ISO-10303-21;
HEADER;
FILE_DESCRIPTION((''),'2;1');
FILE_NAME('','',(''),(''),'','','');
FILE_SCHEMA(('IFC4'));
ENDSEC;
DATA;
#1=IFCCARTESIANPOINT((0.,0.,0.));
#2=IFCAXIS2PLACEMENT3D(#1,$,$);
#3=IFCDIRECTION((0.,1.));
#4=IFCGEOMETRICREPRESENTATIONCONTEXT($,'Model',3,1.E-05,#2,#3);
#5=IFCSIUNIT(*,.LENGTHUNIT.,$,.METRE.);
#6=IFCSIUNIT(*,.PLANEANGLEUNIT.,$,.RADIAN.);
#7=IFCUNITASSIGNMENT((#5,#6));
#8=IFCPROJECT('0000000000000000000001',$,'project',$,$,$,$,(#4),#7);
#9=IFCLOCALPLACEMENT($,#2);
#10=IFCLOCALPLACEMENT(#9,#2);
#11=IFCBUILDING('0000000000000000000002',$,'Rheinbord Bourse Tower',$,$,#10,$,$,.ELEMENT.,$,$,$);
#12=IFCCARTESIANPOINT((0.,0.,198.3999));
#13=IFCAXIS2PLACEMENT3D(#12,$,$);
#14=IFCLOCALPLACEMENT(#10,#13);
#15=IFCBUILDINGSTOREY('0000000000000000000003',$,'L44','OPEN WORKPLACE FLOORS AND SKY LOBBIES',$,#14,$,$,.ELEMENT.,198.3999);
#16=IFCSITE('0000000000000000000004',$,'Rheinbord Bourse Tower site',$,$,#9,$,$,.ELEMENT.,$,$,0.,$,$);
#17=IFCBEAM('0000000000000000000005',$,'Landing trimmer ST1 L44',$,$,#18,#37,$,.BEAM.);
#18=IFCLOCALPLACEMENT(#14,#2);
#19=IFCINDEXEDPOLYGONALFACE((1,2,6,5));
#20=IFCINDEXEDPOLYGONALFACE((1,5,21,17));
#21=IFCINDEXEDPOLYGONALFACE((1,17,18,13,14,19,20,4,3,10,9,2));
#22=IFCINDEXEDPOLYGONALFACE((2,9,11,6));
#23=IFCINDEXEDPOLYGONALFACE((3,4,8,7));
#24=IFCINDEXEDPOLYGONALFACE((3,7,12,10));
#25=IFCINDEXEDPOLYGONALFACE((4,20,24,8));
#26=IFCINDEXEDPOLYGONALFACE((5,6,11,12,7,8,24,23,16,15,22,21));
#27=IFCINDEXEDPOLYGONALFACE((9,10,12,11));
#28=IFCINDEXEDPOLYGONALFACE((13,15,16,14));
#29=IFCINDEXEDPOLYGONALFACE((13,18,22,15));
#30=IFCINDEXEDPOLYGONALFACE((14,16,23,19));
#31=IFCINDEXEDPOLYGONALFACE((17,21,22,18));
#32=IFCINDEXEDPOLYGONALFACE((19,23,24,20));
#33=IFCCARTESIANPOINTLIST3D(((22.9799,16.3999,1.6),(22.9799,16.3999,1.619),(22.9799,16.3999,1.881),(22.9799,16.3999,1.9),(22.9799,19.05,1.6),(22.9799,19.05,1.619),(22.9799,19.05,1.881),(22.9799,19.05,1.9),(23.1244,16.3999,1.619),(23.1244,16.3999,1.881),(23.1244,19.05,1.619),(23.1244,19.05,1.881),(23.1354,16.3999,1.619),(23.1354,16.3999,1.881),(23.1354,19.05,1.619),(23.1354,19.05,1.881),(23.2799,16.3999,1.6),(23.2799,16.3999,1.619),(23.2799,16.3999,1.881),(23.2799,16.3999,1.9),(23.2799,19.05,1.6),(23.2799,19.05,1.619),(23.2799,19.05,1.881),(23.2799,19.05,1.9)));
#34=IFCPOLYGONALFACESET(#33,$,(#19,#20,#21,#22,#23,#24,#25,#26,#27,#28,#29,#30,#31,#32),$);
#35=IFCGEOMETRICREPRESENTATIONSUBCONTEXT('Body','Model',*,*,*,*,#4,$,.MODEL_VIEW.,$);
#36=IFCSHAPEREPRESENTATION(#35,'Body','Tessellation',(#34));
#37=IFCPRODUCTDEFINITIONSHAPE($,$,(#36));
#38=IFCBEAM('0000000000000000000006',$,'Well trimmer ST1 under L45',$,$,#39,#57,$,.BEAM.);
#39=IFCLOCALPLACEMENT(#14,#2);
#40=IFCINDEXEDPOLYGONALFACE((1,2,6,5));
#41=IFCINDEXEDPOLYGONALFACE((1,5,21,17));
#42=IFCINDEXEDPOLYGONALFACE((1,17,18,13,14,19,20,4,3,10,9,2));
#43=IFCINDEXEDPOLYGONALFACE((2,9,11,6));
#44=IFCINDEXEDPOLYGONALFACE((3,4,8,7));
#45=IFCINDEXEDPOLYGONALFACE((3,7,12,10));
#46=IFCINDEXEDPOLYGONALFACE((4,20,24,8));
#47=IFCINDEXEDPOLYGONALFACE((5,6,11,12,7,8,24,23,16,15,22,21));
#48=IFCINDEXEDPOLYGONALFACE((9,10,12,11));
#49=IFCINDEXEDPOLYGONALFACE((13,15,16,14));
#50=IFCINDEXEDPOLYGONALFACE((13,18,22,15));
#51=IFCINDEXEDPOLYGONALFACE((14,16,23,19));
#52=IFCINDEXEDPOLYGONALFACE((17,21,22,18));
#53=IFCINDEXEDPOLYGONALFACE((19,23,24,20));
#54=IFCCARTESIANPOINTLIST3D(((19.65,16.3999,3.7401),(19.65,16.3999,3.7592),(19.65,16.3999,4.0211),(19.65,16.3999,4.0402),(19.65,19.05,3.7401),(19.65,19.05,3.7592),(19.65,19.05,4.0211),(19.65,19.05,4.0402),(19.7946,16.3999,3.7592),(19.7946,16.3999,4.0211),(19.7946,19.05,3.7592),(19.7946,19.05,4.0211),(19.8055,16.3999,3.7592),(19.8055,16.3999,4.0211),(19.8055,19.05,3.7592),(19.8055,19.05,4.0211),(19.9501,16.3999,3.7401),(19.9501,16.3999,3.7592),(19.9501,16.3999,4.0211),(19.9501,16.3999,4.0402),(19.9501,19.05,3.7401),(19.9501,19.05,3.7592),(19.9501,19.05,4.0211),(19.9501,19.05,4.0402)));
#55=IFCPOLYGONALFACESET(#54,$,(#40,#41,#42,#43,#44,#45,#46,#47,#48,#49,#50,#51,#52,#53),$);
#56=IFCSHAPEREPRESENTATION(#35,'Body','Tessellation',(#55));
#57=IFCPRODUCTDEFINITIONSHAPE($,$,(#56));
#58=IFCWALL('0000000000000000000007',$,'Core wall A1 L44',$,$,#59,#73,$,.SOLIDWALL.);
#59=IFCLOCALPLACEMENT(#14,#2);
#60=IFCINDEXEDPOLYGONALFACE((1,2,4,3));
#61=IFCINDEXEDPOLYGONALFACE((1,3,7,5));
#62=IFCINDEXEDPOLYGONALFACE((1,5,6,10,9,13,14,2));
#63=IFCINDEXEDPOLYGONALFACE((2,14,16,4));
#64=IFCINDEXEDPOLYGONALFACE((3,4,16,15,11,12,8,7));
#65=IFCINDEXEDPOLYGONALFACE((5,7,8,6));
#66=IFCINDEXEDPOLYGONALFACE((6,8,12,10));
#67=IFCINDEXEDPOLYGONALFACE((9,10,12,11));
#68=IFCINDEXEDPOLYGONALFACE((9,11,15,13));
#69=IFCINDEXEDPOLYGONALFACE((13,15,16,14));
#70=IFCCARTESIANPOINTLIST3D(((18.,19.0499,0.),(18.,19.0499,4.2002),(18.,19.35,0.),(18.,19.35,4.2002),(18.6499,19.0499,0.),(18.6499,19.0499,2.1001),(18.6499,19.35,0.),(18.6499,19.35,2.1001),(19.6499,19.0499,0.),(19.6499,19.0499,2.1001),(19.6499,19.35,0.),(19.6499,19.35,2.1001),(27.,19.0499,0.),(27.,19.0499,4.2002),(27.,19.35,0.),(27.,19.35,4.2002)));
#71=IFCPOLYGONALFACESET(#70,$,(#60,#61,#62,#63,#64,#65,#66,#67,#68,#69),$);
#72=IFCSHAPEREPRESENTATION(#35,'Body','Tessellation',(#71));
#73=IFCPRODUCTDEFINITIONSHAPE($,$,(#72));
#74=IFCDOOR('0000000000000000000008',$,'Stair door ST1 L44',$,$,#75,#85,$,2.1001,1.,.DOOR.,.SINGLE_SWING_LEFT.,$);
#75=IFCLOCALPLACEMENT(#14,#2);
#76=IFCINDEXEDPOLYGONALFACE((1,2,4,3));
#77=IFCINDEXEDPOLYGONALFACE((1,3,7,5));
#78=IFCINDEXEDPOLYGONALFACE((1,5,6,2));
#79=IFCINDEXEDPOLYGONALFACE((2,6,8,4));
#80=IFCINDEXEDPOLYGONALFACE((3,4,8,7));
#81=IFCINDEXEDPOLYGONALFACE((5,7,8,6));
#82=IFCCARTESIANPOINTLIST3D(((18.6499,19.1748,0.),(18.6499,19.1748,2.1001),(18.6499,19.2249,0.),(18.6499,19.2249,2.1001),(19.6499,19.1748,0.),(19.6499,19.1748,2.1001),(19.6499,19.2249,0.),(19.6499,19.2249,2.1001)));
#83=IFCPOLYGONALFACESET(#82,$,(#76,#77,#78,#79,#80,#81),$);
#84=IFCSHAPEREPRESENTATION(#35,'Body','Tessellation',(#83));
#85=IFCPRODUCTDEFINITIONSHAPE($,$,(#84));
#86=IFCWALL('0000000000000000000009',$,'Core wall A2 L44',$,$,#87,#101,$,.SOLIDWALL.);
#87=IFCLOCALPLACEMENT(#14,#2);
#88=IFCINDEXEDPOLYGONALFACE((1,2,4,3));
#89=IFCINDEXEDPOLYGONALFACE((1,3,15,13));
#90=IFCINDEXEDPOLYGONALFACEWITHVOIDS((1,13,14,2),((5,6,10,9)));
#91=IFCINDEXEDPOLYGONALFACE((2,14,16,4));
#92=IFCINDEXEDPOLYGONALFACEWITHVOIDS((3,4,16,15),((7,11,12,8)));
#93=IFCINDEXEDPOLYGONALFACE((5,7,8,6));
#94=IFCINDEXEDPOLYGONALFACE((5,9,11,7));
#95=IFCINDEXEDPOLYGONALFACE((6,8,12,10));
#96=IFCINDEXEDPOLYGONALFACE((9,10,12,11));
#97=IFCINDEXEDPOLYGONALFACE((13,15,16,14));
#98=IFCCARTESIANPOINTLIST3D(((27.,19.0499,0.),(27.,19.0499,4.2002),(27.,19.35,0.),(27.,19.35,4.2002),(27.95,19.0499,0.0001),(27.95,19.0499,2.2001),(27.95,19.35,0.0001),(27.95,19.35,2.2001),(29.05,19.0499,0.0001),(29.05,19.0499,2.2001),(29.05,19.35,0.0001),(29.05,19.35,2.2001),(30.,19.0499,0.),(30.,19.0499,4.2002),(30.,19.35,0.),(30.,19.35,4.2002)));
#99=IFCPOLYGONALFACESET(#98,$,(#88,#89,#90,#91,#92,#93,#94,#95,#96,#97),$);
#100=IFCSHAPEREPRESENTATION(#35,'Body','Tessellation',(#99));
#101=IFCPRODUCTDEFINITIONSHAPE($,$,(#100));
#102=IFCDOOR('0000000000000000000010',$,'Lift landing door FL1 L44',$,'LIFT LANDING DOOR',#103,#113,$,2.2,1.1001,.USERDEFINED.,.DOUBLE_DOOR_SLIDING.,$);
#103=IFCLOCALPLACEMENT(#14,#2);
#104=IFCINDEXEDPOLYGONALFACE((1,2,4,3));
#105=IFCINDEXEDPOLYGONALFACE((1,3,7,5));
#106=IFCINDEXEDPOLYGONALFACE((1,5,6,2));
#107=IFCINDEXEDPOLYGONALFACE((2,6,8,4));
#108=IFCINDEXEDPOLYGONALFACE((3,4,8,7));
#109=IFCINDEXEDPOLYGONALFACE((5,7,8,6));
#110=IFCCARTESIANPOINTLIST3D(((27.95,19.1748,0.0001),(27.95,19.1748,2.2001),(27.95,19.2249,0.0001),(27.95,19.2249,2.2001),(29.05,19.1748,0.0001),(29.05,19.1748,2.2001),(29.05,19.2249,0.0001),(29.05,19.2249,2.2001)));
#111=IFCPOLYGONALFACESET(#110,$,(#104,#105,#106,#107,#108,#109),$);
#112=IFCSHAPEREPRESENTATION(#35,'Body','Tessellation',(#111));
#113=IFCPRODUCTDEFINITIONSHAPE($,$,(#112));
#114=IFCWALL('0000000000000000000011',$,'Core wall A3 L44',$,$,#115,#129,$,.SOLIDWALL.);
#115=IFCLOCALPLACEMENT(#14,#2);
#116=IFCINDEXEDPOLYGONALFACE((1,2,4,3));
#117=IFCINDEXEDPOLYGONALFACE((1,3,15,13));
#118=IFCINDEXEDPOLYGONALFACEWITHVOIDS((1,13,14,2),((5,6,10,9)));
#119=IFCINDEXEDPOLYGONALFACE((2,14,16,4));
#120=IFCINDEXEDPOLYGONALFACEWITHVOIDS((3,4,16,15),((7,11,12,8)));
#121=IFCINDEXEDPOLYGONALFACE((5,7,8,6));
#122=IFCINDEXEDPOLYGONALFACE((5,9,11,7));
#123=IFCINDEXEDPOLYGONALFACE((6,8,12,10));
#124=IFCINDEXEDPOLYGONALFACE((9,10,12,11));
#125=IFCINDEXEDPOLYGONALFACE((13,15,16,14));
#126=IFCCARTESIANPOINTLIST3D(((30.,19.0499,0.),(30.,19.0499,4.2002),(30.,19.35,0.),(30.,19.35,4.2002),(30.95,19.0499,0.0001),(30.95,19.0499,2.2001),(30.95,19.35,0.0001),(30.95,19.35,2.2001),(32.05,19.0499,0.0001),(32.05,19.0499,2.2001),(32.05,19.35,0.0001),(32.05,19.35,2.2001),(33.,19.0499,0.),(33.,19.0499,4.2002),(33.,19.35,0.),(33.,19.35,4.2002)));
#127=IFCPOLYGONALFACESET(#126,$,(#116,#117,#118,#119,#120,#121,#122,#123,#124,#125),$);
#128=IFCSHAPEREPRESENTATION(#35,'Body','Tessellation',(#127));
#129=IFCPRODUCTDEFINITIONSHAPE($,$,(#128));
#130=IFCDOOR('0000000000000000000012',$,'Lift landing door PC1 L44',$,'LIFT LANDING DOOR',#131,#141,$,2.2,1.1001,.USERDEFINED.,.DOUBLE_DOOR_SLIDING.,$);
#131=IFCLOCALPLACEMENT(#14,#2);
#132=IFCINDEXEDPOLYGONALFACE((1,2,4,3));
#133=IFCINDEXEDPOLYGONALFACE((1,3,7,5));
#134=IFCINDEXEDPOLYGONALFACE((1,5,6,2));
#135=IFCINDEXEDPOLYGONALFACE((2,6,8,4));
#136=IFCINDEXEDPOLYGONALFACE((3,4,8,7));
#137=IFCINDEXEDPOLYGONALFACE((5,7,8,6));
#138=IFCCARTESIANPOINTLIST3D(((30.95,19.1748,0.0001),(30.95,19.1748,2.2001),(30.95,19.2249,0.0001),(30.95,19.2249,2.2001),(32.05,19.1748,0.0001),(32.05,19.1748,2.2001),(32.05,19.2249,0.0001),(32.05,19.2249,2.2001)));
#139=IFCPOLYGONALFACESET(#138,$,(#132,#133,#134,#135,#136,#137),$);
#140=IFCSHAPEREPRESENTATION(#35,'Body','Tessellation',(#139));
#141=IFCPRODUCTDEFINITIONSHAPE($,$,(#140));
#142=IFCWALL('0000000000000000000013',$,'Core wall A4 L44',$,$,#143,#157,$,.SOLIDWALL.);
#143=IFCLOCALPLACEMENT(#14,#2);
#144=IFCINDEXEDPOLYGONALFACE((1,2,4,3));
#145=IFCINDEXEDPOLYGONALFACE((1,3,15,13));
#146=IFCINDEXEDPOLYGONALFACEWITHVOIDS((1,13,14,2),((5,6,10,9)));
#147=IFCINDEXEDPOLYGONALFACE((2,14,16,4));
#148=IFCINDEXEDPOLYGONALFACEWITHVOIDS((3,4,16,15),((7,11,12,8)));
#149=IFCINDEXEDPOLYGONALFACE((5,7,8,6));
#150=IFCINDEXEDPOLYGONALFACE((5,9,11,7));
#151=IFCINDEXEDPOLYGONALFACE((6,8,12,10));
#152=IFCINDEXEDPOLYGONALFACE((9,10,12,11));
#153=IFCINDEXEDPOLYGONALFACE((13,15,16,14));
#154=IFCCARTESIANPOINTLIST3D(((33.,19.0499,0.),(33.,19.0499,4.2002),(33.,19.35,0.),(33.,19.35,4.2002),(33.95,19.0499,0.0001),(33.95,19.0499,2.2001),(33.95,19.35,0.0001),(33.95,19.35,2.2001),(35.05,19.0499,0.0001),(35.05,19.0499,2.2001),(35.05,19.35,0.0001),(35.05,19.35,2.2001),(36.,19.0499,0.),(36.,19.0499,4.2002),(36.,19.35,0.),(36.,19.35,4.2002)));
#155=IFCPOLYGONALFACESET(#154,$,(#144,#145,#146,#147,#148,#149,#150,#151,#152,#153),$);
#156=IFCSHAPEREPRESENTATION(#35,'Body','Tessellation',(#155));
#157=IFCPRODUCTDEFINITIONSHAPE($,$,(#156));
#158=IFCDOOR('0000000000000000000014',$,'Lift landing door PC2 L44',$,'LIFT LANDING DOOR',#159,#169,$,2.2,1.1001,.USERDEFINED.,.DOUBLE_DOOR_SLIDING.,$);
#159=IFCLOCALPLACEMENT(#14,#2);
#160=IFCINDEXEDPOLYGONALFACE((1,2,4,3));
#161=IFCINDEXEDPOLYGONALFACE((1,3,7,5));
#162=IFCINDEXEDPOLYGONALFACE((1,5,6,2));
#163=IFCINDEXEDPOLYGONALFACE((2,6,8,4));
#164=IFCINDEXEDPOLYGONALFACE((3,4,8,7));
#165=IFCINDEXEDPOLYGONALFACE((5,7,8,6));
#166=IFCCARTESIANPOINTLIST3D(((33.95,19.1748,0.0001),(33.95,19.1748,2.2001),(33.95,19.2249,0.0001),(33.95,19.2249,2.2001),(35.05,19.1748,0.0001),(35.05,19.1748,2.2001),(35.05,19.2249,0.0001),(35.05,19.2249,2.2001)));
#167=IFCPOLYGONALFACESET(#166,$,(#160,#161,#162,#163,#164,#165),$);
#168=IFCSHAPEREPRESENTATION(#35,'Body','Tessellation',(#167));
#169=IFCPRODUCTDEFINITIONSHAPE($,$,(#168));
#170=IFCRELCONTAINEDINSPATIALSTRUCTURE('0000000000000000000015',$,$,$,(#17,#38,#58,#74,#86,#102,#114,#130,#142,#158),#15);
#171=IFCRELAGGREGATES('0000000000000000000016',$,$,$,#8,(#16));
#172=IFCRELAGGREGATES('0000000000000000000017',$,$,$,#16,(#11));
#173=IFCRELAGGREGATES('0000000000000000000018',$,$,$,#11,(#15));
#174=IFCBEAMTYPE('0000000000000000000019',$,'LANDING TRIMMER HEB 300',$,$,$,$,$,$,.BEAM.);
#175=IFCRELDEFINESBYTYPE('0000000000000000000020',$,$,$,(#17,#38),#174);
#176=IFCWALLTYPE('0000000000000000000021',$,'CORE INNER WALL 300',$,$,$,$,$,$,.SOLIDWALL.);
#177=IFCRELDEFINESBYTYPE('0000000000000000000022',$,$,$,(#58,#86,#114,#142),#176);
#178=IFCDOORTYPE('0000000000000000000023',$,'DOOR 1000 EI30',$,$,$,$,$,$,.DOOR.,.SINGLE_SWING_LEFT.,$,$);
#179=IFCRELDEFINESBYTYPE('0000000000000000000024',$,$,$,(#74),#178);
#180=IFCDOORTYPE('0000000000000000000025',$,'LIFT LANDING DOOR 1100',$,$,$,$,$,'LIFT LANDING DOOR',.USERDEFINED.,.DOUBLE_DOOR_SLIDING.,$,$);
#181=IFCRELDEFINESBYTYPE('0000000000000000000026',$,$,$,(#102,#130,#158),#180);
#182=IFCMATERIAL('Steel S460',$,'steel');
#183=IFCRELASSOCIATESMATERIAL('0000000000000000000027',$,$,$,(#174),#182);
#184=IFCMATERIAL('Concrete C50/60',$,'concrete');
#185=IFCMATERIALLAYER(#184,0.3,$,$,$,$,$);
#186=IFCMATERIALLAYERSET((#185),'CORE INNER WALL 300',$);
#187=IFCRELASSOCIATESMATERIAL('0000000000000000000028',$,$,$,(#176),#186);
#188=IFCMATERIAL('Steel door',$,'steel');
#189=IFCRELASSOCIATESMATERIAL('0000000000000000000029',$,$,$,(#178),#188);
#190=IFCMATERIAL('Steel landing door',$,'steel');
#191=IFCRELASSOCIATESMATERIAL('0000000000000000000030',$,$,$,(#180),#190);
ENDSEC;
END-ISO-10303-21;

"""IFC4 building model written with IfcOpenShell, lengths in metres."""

from ifc_helpers import new_model, si_unit, direction, frame, frame_2d, origin, origin_2d, place, context, subcontext, project, spatial, rectangle, i_section, extrude, material, layer, layer_set, material_profile, profile_set, type_object, element, fill, save


model = new_model("IFC4")

# Units and contexts
model_context = context("Model", 3, precision=1e-05, world=origin(), true_north=direction((0.0, 1.0)))
body_context = subcontext(model_context, "Body", "Model", "MODEL_VIEW")
ifc_project = project(units=[si_unit("LENGTHUNIT", "METRE"), si_unit("PLANEANGLEUNIT", "RADIAN")], contexts=[model_context])

# Site, building, storey
site_placement = place(None, origin())
site = spatial("IfcSite", under=ifc_project, at=site_placement, Name="Rheinbord Bourse Tower site", CompositionType="ELEMENT", RefElevation=0.0)
building_placement = place(site_placement, origin())
building = spatial("IfcBuilding", under=site, at=building_placement, Name="Rheinbord Bourse Tower", CompositionType="ELEMENT")
storey_placement = place(building_placement, frame((0.0, 0.0, 198.3999)))
storey = spatial("IfcBuildingStorey", under=building, at=storey_placement, Name="L44", Description="OPEN WORKPLACE FLOORS AND SKY LOBBIES", CompositionType="ELEMENT", Elevation=198.3999)

# Beams
ifc_material_1 = material(Name="Steel S460", Category="steel")
ifc_material_profile = material_profile(ifc_material_1, i_section(OverallWidth=0.3, OverallDepth=0.3, WebThickness=0.011, FlangeThickness=0.019, at=origin_2d()), Name="HEB 300")
ifc_profile_set = profile_set([ifc_material_profile], Name="Steel S460")
beam_type = type_object("IfcBeamType", Name="LANDING TRIMMER HEB 300", PredefinedType="BEAM", material=ifc_profile_set)
for number, where, z_axis, x_axis, name in (
    (1, (23.1299, 16.3999, 1.75), (0.0, 1.0, 0.0), (-1.0, 0.0, 0.0), "Landing trimmer ST1 L44"),
    (2, (19.8, 16.3999, 3.8901), (0.0, 1.0, 0.0), (-1.0, 0.0, 0.0), "Well trimmer ST1 under L45"),
):
    element("IfcBeam", number, at=place(storey_placement, frame(where, z_axis=z_axis, x_axis=x_axis)), inside=storey, type_object=beam_type, Name=name, PredefinedType="BEAM", context=body_context, shape_type="SweptSolid", body=[
        extrude(i_section(OverallWidth=0.3, OverallDepth=0.3, WebThickness=0.011, FlangeThickness=0.019, at=origin_2d()), origin(), (0.0, 0.0, 1.0), 2.6501),
    ])

# Walls, openings, doors
ifc_material_2 = material(Name="Concrete C50/60", Category="concrete")
ifc_layer_1 = layer(ifc_material_2, 0.3)
ifc_layer_set_1 = layer_set([ifc_layer_1], Name="CORE INNER WALL 300")
wall_type_1 = type_object("IfcWallType", Name="CORE INNER WALL 300", PredefinedType="SOLIDWALL", material=ifc_layer_set_1)
wall_1_placement = place(storey_placement, frame((18.0, 19.2, 0.0), z_axis=(0.0, 0.0, 1.0), x_axis=(1.0, 0.0, 0.0)))
wall_1 = element("IfcWall", 3, at=wall_1_placement, inside=storey, type_object=wall_type_1, Name="Core wall A1 L44", PredefinedType="SOLIDWALL", context=body_context, shape_type="SweptSolid", body=[
    extrude(rectangle(XDim=9.0, YDim=0.3, at=frame_2d((4.5, 0.0))), origin(), (0.0, 0.0, 1.0), 4.2002),
])
opening_1_placement = place(wall_1_placement, frame((0.6499, 0.0, 0.0)))
opening_1 = element("IfcOpeningElement", 4, at=opening_1_placement, cuts=wall_1, PredefinedType="OPENING", context=body_context, shape_type="SweptSolid", body=[
    extrude(rectangle(XDim=1.0, YDim=2.1001, at=frame_2d((0.5, 1.05))), frame((0.0, 0.1599, 0.0), z_axis=(0.0, -1.0, 0.0), x_axis=(1.0, 0.0, 0.0)), (0.0, 0.0, 1.0), 0.3201),
])
ifc_material_3 = material(Name="Steel door", Category="steel")
door_type_1 = type_object("IfcDoorType", Name="DOOR 1000 EI30", OperationType="SINGLE_SWING_LEFT", PredefinedType="DOOR", material=ifc_material_3)
door_1_placement = place(opening_1_placement, origin())
door_1 = element("IfcDoor", 5, at=door_1_placement, inside=storey, type_object=door_type_1, Name="Stair door ST1 L44", OperationType="SINGLE_SWING_LEFT", OverallHeight=2.1001, OverallWidth=1.0, PredefinedType="DOOR", context=body_context, shape_type="SweptSolid", body=[
    extrude(rectangle(XDim=1.0, YDim=2.1001, at=frame_2d((0.5, 1.05))), frame((0.0, 0.0249, 0.0), z_axis=(0.0, -1.0, 0.0), x_axis=(1.0, 0.0, 0.0)), (0.0, 0.0, 1.0), 0.05),
])
fill(opening_1, door_1)
wall_2_placement = place(storey_placement, frame((27.0, 19.2, 0.0), z_axis=(0.0, 0.0, 1.0), x_axis=(1.0, 0.0, 0.0)))
wall_2 = element("IfcWall", 6, at=wall_2_placement, inside=storey, type_object=wall_type_1, Name="Core wall A2 L44", PredefinedType="SOLIDWALL", context=body_context, shape_type="SweptSolid", body=[
    extrude(rectangle(XDim=3.0, YDim=0.3, at=frame_2d((1.5, 0.0))), origin(), (0.0, 0.0, 1.0), 4.2002),
])
opening_2_placement = place(wall_2_placement, frame((0.95, 0.0, 0.0)))
opening_2 = element("IfcOpeningElement", 7, at=opening_2_placement, cuts=wall_2, PredefinedType="OPENING", context=body_context, shape_type="SweptSolid", body=[
    extrude(rectangle(XDim=1.1001, YDim=2.2, at=frame_2d((0.55, 1.1001))), frame((0.0, 0.1599, 0.0), z_axis=(0.0, -1.0, 0.0), x_axis=(1.0, 0.0, 0.0)), (0.0, 0.0, 1.0), 0.3201),
])
ifc_material_4 = material(Name="Steel landing door", Category="steel")
door_type_2 = type_object("IfcDoorType", Name="LIFT LANDING DOOR 1100", ElementType="LIFT LANDING DOOR", OperationType="DOUBLE_DOOR_SLIDING", PredefinedType="USERDEFINED", material=ifc_material_4)
door_2_placement = place(opening_2_placement, origin())
door_2 = element("IfcDoor", 8, at=door_2_placement, inside=storey, type_object=door_type_2, Name="Lift landing door FL1 L44", ObjectType="LIFT LANDING DOOR", OperationType="DOUBLE_DOOR_SLIDING", OverallHeight=2.2, OverallWidth=1.1001, PredefinedType="USERDEFINED", context=body_context, shape_type="SweptSolid", body=[
    extrude(rectangle(XDim=1.1001, YDim=2.2, at=frame_2d((0.55, 1.1001))), frame((0.0, 0.0249, 0.0), z_axis=(0.0, -1.0, 0.0), x_axis=(1.0, 0.0, 0.0)), (0.0, 0.0, 1.0), 0.05),
])
fill(opening_2, door_2)
wall_3_placement = place(storey_placement, frame((30.0, 19.2, 0.0), z_axis=(0.0, 0.0, 1.0), x_axis=(1.0, 0.0, 0.0)))
wall_3 = element("IfcWall", 9, at=wall_3_placement, inside=storey, type_object=wall_type_1, Name="Core wall A3 L44", PredefinedType="SOLIDWALL", context=body_context, shape_type="SweptSolid", body=[
    extrude(rectangle(XDim=3.0, YDim=0.3, at=frame_2d((1.5, 0.0))), origin(), (0.0, 0.0, 1.0), 4.2002),
])
opening_3_placement = place(wall_3_placement, frame((0.95, 0.0, 0.0)))
opening_3 = element("IfcOpeningElement", 10, at=opening_3_placement, cuts=wall_3, PredefinedType="OPENING", context=body_context, shape_type="SweptSolid", body=[
    extrude(rectangle(XDim=1.1001, YDim=2.2, at=frame_2d((0.55, 1.1001))), frame((0.0, 0.1599, 0.0), z_axis=(0.0, -1.0, 0.0), x_axis=(1.0, 0.0, 0.0)), (0.0, 0.0, 1.0), 0.3201),
])
door_3_placement = place(opening_3_placement, origin())
door_3 = element("IfcDoor", 11, at=door_3_placement, inside=storey, type_object=door_type_2, Name="Lift landing door PC1 L44", ObjectType="LIFT LANDING DOOR", OperationType="DOUBLE_DOOR_SLIDING", OverallHeight=2.2, OverallWidth=1.1001, PredefinedType="USERDEFINED", context=body_context, shape_type="SweptSolid", body=[
    extrude(rectangle(XDim=1.1001, YDim=2.2, at=frame_2d((0.55, 1.1001))), frame((0.0, 0.0249, 0.0), z_axis=(0.0, -1.0, 0.0), x_axis=(1.0, 0.0, 0.0)), (0.0, 0.0, 1.0), 0.05),
])
fill(opening_3, door_3)
wall_4_placement = place(storey_placement, frame((33.0, 19.2, 0.0), z_axis=(0.0, 0.0, 1.0), x_axis=(1.0, 0.0, 0.0)))
wall_4 = element("IfcWall", 12, at=wall_4_placement, inside=storey, type_object=wall_type_1, Name="Core wall A4 L44", PredefinedType="SOLIDWALL", context=body_context, shape_type="SweptSolid", body=[
    extrude(rectangle(XDim=3.0, YDim=0.3, at=frame_2d((1.5, 0.0))), origin(), (0.0, 0.0, 1.0), 4.2002),
])
opening_4_placement = place(wall_4_placement, frame((0.95, 0.0, 0.0)))
opening_4 = element("IfcOpeningElement", 13, at=opening_4_placement, cuts=wall_4, PredefinedType="OPENING", context=body_context, shape_type="SweptSolid", body=[
    extrude(rectangle(XDim=1.1001, YDim=2.2, at=frame_2d((0.55, 1.1001))), frame((0.0, 0.1599, 0.0), z_axis=(0.0, -1.0, 0.0), x_axis=(1.0, 0.0, 0.0)), (0.0, 0.0, 1.0), 0.3201),
])
door_4_placement = place(opening_4_placement, origin())
door_4 = element("IfcDoor", 14, at=door_4_placement, inside=storey, type_object=door_type_2, Name="Lift landing door PC2 L44", ObjectType="LIFT LANDING DOOR", OperationType="DOUBLE_DOOR_SLIDING", OverallHeight=2.2, OverallWidth=1.1001, PredefinedType="USERDEFINED", context=body_context, shape_type="SweptSolid", body=[
    extrude(rectangle(XDim=1.1001, YDim=2.2, at=frame_2d((0.55, 1.1001))), frame((0.0, 0.0249, 0.0), z_axis=(0.0, -1.0, 0.0), x_axis=(1.0, 0.0, 0.0)), (0.0, 0.0, 1.0), 0.05),
])
fill(opening_4, door_4)

save(model, "model.ifc")
